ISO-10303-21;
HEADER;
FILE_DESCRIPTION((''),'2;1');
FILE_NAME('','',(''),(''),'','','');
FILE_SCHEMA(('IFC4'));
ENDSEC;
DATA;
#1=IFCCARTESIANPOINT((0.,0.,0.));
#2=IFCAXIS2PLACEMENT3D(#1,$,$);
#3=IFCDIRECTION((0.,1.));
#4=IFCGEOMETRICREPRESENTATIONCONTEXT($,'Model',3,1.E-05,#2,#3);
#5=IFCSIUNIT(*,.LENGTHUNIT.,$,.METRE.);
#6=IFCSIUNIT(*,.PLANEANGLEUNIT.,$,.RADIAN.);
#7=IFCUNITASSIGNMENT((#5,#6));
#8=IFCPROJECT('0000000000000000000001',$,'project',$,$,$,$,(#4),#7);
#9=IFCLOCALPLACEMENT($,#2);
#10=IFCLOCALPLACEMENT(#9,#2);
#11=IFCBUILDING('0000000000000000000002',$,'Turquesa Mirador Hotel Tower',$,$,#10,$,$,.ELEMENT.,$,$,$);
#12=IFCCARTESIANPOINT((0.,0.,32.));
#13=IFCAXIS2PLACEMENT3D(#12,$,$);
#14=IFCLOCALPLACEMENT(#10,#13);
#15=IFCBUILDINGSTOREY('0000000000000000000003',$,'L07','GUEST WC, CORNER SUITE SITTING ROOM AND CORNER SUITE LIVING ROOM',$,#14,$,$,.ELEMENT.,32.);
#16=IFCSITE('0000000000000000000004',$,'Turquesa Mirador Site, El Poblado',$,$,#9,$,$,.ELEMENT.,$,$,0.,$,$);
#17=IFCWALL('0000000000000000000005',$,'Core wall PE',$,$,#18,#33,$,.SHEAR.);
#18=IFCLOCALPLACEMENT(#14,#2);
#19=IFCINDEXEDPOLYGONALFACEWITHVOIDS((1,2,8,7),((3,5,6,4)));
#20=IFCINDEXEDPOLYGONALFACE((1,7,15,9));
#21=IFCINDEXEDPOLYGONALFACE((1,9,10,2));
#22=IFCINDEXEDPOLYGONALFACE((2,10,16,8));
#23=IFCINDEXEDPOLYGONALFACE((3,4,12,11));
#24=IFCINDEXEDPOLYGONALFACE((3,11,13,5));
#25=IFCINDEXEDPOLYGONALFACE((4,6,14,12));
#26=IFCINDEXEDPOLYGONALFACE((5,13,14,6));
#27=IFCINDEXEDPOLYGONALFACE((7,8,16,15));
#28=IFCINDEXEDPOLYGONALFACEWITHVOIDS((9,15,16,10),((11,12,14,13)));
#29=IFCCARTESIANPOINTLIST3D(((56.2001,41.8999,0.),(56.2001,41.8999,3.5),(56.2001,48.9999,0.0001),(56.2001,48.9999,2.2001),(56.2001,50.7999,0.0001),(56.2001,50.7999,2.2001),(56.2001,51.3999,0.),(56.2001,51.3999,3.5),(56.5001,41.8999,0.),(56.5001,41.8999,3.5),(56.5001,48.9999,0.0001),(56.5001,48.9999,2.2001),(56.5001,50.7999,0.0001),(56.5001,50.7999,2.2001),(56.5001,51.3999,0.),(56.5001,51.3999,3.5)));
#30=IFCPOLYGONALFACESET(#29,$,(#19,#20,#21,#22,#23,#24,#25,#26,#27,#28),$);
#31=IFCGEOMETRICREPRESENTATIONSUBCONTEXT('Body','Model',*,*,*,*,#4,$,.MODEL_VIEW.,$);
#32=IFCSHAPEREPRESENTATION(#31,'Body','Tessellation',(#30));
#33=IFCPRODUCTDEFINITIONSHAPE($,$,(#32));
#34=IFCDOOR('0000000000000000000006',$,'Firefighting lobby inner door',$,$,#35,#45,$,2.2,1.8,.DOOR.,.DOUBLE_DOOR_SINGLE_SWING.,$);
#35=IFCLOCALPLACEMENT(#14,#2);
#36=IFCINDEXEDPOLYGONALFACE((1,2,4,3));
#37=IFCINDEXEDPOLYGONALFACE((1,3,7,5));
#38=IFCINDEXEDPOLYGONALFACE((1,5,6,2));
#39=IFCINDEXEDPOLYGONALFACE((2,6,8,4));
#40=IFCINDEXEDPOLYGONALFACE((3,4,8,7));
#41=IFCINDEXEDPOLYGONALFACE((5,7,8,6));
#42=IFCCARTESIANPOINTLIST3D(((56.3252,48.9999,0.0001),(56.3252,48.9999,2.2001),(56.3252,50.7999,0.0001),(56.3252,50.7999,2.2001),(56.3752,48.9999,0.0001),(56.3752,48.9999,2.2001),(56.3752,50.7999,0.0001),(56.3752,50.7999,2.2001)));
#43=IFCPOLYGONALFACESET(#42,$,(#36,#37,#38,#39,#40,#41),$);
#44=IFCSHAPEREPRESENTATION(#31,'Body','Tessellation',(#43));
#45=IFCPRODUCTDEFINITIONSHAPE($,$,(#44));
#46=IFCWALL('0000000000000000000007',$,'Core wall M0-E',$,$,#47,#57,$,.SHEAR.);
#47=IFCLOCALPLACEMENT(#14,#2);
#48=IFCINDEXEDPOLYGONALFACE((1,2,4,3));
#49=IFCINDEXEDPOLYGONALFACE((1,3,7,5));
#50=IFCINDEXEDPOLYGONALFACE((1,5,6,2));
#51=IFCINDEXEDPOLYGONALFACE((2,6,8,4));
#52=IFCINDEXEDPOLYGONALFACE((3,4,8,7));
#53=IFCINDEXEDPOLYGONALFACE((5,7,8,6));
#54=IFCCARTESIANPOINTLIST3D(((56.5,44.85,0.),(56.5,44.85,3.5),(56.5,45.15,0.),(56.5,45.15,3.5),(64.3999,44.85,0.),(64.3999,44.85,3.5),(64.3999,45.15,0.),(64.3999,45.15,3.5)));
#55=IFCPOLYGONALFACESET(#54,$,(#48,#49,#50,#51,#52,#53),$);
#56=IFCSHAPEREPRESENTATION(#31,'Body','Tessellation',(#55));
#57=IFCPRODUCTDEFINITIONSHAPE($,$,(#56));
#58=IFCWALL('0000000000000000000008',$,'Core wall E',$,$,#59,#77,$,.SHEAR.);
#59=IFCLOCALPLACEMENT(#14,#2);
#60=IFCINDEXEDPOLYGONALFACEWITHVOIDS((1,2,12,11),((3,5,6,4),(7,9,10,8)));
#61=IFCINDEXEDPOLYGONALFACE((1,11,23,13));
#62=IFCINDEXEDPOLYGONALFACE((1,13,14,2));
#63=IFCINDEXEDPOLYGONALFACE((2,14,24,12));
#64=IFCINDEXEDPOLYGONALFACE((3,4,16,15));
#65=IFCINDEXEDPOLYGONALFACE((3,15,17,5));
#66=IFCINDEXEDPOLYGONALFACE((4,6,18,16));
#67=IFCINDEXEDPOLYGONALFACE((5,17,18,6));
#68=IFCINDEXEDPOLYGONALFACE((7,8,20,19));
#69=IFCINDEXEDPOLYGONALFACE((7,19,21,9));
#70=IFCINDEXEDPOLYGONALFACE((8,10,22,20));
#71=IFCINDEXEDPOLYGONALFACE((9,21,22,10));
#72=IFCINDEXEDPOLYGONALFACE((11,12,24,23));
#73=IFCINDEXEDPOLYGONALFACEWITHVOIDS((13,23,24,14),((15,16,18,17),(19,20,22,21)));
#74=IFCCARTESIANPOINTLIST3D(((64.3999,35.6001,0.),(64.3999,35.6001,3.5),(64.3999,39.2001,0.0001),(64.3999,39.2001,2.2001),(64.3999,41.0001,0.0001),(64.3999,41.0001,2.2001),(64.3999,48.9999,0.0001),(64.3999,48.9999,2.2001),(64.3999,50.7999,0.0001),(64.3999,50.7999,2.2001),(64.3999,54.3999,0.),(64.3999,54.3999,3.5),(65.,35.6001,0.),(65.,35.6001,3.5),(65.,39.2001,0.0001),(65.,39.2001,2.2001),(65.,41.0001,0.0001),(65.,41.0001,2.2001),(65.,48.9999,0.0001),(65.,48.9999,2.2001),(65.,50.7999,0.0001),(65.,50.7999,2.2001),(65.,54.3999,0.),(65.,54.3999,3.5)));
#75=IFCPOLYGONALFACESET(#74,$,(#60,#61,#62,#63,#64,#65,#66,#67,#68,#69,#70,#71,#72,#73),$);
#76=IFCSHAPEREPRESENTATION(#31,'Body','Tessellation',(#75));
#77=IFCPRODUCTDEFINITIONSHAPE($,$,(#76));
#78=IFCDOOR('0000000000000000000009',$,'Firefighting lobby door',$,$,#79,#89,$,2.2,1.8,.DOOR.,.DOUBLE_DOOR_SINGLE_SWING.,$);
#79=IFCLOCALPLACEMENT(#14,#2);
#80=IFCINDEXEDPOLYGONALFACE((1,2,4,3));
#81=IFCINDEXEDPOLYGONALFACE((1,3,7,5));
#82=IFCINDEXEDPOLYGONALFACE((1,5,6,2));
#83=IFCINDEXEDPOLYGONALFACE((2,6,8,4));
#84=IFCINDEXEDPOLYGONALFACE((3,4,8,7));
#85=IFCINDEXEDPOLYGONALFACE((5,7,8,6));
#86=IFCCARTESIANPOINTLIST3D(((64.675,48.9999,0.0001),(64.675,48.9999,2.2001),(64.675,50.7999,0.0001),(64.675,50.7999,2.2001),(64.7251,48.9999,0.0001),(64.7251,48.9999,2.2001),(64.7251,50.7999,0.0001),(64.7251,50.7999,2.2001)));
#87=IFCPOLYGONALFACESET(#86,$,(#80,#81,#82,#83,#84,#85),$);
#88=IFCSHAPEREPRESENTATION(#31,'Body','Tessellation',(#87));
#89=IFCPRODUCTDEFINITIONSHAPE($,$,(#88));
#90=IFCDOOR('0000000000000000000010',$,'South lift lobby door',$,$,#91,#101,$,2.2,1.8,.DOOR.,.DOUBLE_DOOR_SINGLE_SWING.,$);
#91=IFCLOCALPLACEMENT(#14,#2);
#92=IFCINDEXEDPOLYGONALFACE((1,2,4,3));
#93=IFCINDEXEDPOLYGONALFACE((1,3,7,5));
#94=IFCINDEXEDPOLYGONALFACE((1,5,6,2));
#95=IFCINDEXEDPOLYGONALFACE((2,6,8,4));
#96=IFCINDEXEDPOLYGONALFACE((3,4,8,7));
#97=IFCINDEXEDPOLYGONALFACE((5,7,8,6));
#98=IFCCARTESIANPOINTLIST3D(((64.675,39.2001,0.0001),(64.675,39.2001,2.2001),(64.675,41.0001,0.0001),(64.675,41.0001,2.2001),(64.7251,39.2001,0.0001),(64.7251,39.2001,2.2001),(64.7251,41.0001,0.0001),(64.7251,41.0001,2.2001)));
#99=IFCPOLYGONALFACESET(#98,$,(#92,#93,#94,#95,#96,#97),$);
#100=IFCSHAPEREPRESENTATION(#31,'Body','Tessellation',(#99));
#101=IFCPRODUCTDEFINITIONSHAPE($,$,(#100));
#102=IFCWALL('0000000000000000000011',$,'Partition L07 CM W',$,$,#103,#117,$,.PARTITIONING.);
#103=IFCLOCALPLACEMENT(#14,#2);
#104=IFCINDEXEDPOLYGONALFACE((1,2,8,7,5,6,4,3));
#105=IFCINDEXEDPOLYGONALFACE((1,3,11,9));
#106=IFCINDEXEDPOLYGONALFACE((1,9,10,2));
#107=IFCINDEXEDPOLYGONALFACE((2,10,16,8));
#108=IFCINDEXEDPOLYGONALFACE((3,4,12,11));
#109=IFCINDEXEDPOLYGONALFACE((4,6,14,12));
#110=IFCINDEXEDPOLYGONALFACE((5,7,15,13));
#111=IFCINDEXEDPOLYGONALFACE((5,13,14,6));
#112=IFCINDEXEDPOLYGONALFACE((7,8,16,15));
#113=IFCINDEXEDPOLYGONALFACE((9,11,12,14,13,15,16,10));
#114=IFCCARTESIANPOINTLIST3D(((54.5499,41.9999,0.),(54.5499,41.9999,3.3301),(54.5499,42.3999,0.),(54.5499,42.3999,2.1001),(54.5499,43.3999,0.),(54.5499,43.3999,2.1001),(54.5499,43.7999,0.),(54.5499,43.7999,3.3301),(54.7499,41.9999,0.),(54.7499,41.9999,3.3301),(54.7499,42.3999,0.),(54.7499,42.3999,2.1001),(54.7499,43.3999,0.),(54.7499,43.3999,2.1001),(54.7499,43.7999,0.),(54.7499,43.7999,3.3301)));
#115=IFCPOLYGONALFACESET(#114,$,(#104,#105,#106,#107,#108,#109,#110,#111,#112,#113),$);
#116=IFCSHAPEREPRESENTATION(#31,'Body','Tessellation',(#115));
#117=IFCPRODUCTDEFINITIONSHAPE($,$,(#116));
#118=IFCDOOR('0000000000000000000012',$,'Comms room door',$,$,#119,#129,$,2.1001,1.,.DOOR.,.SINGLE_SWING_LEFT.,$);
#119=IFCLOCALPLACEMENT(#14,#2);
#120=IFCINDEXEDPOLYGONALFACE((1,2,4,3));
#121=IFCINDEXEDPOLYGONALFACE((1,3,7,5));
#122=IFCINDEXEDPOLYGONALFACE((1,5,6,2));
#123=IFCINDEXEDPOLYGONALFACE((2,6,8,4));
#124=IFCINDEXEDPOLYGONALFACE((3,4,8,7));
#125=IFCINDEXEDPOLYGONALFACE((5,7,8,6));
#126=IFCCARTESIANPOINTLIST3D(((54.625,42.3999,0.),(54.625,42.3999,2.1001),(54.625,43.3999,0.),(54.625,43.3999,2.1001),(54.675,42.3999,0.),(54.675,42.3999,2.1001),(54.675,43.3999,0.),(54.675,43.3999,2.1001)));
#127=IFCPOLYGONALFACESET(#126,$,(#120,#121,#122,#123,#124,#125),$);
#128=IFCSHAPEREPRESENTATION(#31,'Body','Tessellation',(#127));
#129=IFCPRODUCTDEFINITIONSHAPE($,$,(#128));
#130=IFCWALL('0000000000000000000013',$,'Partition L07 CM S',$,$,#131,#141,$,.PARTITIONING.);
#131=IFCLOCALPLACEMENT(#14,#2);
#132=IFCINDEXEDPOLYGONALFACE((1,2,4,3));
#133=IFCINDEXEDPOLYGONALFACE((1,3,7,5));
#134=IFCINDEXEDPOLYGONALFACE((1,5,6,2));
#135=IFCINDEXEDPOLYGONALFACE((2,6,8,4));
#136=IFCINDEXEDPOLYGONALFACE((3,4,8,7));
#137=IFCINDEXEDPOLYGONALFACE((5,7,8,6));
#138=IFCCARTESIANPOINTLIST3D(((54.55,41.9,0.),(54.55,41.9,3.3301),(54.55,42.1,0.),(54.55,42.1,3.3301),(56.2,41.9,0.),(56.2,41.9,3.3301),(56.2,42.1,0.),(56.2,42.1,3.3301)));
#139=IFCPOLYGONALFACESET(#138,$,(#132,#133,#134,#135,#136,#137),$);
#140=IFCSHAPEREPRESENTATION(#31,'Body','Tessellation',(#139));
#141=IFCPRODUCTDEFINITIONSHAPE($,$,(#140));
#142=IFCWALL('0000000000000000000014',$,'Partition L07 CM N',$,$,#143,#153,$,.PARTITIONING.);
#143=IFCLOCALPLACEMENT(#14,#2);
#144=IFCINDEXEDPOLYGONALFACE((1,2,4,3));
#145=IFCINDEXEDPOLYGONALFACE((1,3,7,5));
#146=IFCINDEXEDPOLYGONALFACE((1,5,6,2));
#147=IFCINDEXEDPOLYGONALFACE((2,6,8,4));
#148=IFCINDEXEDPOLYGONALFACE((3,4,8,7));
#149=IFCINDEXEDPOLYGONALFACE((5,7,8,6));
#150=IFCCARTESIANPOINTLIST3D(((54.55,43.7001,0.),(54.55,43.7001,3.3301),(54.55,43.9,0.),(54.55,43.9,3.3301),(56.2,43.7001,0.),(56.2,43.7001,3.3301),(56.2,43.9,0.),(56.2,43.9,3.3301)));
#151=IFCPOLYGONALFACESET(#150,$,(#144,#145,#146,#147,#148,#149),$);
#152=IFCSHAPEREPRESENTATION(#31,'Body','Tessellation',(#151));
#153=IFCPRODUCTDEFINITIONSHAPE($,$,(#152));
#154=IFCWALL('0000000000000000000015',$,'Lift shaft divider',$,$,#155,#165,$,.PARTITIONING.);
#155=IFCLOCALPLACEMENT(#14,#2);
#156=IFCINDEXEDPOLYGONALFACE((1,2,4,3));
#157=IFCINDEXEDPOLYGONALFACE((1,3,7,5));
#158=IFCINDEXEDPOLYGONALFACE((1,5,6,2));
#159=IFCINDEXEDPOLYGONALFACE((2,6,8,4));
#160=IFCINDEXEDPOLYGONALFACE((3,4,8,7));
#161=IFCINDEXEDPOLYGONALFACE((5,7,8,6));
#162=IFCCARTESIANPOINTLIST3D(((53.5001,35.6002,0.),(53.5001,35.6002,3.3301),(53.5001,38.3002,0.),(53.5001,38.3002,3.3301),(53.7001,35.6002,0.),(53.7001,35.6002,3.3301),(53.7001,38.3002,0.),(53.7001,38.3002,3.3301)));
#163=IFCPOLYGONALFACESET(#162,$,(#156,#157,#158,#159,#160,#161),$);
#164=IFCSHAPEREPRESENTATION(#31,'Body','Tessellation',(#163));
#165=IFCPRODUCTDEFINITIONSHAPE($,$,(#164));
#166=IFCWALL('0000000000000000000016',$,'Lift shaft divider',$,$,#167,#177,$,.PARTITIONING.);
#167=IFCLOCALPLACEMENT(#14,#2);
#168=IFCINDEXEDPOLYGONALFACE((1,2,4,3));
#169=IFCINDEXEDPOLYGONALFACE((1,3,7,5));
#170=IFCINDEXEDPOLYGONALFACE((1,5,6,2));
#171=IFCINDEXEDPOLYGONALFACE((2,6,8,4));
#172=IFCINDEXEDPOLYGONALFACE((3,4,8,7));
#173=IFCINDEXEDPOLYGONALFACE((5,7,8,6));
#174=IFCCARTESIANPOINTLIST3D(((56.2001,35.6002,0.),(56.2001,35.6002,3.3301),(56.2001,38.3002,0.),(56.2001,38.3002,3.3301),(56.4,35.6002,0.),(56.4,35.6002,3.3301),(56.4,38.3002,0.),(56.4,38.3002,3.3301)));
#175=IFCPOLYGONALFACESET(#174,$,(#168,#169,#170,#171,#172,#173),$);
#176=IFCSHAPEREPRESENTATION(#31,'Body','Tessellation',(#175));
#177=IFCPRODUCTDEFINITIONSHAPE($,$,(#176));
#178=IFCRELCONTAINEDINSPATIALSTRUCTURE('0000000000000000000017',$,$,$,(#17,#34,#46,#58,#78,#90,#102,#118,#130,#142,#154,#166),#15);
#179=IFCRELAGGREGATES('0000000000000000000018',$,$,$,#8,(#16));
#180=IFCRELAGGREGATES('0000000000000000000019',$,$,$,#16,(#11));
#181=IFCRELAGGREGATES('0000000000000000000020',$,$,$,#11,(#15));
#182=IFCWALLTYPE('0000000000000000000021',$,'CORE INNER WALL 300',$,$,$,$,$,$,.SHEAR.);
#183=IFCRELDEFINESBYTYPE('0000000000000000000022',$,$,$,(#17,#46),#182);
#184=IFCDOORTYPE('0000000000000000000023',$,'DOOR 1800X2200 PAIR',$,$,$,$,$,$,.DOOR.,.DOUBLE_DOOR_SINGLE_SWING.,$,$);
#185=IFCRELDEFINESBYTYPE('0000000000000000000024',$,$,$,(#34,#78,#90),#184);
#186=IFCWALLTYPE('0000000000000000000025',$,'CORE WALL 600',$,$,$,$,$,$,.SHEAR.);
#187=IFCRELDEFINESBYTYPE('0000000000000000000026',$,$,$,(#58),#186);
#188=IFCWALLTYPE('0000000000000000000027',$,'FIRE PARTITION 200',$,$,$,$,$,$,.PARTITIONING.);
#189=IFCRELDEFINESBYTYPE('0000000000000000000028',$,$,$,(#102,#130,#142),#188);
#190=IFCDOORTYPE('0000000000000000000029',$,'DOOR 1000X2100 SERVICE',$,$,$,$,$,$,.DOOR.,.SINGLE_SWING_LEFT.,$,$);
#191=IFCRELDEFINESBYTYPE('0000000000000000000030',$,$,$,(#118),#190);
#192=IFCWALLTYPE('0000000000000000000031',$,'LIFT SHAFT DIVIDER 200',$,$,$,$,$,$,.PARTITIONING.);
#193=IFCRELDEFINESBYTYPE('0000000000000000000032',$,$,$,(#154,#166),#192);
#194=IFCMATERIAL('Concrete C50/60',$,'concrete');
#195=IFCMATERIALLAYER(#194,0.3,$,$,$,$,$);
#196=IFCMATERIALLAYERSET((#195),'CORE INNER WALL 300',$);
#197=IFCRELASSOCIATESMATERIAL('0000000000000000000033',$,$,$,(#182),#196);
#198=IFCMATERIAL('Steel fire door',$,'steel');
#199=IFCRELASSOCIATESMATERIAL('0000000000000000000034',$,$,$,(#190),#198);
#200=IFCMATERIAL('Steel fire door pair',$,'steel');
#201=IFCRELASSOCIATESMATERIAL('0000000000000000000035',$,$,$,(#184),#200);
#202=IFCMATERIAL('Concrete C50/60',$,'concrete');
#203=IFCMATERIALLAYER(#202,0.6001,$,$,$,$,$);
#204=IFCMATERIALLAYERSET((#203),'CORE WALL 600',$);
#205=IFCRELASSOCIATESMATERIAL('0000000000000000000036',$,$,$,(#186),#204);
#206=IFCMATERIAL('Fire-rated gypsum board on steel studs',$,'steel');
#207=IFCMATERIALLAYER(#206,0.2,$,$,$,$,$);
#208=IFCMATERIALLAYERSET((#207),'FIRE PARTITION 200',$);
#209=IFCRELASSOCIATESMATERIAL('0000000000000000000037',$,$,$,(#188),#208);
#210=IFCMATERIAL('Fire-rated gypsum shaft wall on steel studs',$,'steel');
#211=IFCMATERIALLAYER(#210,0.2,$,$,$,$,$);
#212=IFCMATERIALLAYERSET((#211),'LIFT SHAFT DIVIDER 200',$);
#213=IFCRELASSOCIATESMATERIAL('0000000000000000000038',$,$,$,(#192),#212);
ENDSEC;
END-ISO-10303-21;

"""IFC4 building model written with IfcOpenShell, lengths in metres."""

from ifc_helpers import new_model, si_unit, direction, frame, frame_2d, origin, place, context, subcontext, project, spatial, rectangle, extrude, material, layer, layer_set, type_object, element, fill, save


model = new_model("IFC4")

# Units and contexts
model_context = context("Model", 3, precision=1e-05, world=origin(), true_north=direction((0.0, 1.0)))
body_context = subcontext(model_context, "Body", "Model", "MODEL_VIEW")
ifc_project = project(units=[si_unit("LENGTHUNIT", "METRE"), si_unit("PLANEANGLEUNIT", "RADIAN")], contexts=[model_context])

# Site, building, storey
site_placement = place(None, origin())
site = spatial("IfcSite", under=ifc_project, at=site_placement, Name="Turquesa Mirador Site, El Poblado", CompositionType="ELEMENT", RefElevation=0.0)
building_placement = place(site_placement, origin())
building = spatial("IfcBuilding", under=site, at=building_placement, Name="Turquesa Mirador Hotel Tower", CompositionType="ELEMENT")
storey_placement = place(building_placement, frame((0.0, 0.0, 32.0)))
storey = spatial("IfcBuildingStorey", under=building, at=storey_placement, Name="L07", Description="GUEST WC, CORNER SUITE SITTING ROOM AND CORNER SUITE LIVING ROOM", CompositionType="ELEMENT", Elevation=32.0)

# Wall, opening, door
ifc_material_1 = material(Name="Concrete C50/60", Category="concrete")
ifc_layer_1 = layer(ifc_material_1, 0.3)
ifc_layer_set_1 = layer_set([ifc_layer_1], Name="CORE INNER WALL 300")
wall_type_1 = type_object("IfcWallType", Name="CORE INNER WALL 300", PredefinedType="SHEAR", material=ifc_layer_set_1)
ifc_material_2 = material(Name="Steel fire door", Category="steel")
door_type_1 = type_object("IfcDoorType", Name="DOOR 1000X2100 SERVICE", OperationType="SINGLE_SWING_LEFT", PredefinedType="DOOR", material=ifc_material_2)
wall_1_placement = place(storey_placement, frame((56.3501, 41.8999, 0.0), z_axis=(0.0, 0.0, 1.0), x_axis=(0.0, 1.0, 0.0)))
wall_1 = element("IfcWall", 1, at=wall_1_placement, inside=storey, type_object=wall_type_1, Name="Core wall PE", PredefinedType="SHEAR", context=body_context, shape_type="SweptSolid", body=[
    extrude(rectangle(XDim=9.5, YDim=0.3, at=frame_2d((4.75, 0.0))), origin(), (0.0, 0.0, 1.0), 3.5),
])
opening_1_placement = place(wall_1_placement, frame((7.1001, 0.0, 0.0)))
opening_1 = element("IfcOpeningElement", 2, at=opening_1_placement, cuts=wall_1, PredefinedType="OPENING", context=body_context, shape_type="SweptSolid", body=[
    extrude(rectangle(XDim=1.8, YDim=2.2, at=frame_2d((0.8999, 1.1001))), frame((0.0, 0.1599, 0.0), z_axis=(0.0, -1.0, 0.0), x_axis=(1.0, 0.0, 0.0)), (0.0, 0.0, 1.0), 0.3201),
])
ifc_material_3 = material(Name="Steel fire door pair", Category="steel")
door_type_2 = type_object("IfcDoorType", Name="DOOR 1800X2200 PAIR", OperationType="DOUBLE_DOOR_SINGLE_SWING", PredefinedType="DOOR", material=ifc_material_3)
door_1_placement = place(opening_1_placement, origin())
door_1 = element("IfcDoor", 3, at=door_1_placement, inside=storey, type_object=door_type_2, Name="Firefighting lobby inner door", OperationType="DOUBLE_DOOR_SINGLE_SWING", OverallHeight=2.2, OverallWidth=1.8, PredefinedType="DOOR", context=body_context, shape_type="SweptSolid", body=[
    extrude(rectangle(XDim=1.8, YDim=2.2, at=frame_2d((0.8999, 1.1001))), frame((0.0, 0.0249, 0.0), z_axis=(0.0, -1.0, 0.0), x_axis=(1.0, 0.0, 0.0)), (0.0, 0.0, 1.0), 0.05),
])
fill(opening_1, door_1)

# Wall
wall_2_placement = place(storey_placement, frame((56.5, 45.0, 0.0), z_axis=(0.0, 0.0, 1.0), x_axis=(1.0, 0.0, 0.0)))
element("IfcWall", 4, at=wall_2_placement, inside=storey, type_object=wall_type_1, Name="Core wall M0-E", PredefinedType="SHEAR", context=body_context, shape_type="SweptSolid", body=[
    extrude(rectangle(XDim=7.8999, YDim=0.3, at=frame_2d((3.95, 0.0))), origin(), (0.0, 0.0, 1.0), 3.5),
])

# Wall, openings, doors
ifc_material_4 = material(Name="Concrete C50/60", Category="concrete")
ifc_layer_2 = layer(ifc_material_4, 0.6001)
ifc_layer_set_2 = layer_set([ifc_layer_2], Name="CORE WALL 600")
wall_type_2 = type_object("IfcWallType", Name="CORE WALL 600", PredefinedType="SHEAR", material=ifc_layer_set_2)
wall_3_placement = place(storey_placement, frame((64.7, 35.6001, 0.0), z_axis=(0.0, 0.0, 1.0), x_axis=(0.0, 1.0, 0.0)))
wall_3 = element("IfcWall", 5, at=wall_3_placement, inside=storey, type_object=wall_type_2, Name="Core wall E", PredefinedType="SHEAR", context=body_context, shape_type="SweptSolid", body=[
    extrude(rectangle(XDim=18.7998, YDim=0.6001, at=frame_2d((9.3999, 0.0))), origin(), (0.0, 0.0, 1.0), 3.5),
])
opening_2_placement = place(wall_3_placement, frame((13.3999, 0.0, 0.0)))
opening_2 = element("IfcOpeningElement", 6, at=opening_2_placement, cuts=wall_3, PredefinedType="OPENING", context=body_context, shape_type="SweptSolid", body=[
    extrude(rectangle(XDim=1.8, YDim=2.2, at=frame_2d((0.8999, 1.1001))), frame((0.0, 0.3101, 0.0), z_axis=(0.0, -1.0, 0.0), x_axis=(1.0, 0.0, 0.0)), (0.0, 0.0, 1.0), 0.6201),
])
opening_3_placement = place(wall_3_placement, frame((3.6001, 0.0, 0.0)))
opening_3 = element("IfcOpeningElement", 7, at=opening_3_placement, cuts=wall_3, PredefinedType="OPENING", context=body_context, shape_type="SweptSolid", body=[
    extrude(rectangle(XDim=1.8, YDim=2.2, at=frame_2d((0.8999, 1.1001))), frame((0.0, 0.3101, 0.0), z_axis=(0.0, -1.0, 0.0), x_axis=(1.0, 0.0, 0.0)), (0.0, 0.0, 1.0), 0.6201),
])
door_2_placement = place(opening_2_placement, origin())
door_2 = element("IfcDoor", 8, at=door_2_placement, inside=storey, type_object=door_type_2, Name="Firefighting lobby door", OperationType="DOUBLE_DOOR_SINGLE_SWING", OverallHeight=2.2, OverallWidth=1.8, PredefinedType="DOOR", context=body_context, shape_type="SweptSolid", body=[
    extrude(rectangle(XDim=1.8, YDim=2.2, at=frame_2d((0.8999, 1.1001))), frame((0.0, 0.0249, 0.0), z_axis=(0.0, -1.0, 0.0), x_axis=(1.0, 0.0, 0.0)), (0.0, 0.0, 1.0), 0.05),
])
fill(opening_2, door_2)
door_3_placement = place(opening_3_placement, origin())
door_3 = element("IfcDoor", 9, at=door_3_placement, inside=storey, type_object=door_type_2, Name="South lift lobby door", OperationType="DOUBLE_DOOR_SINGLE_SWING", OverallHeight=2.2, OverallWidth=1.8, PredefinedType="DOOR", context=body_context, shape_type="SweptSolid", body=[
    extrude(rectangle(XDim=1.8, YDim=2.2, at=frame_2d((0.8999, 1.1001))), frame((0.0, 0.0249, 0.0), z_axis=(0.0, -1.0, 0.0), x_axis=(1.0, 0.0, 0.0)), (0.0, 0.0, 1.0), 0.05),
])
fill(opening_3, door_3)

# Wall, opening, door
ifc_material_5 = material(Name="Fire-rated gypsum board on steel studs", Category="steel")
ifc_layer_3 = layer(ifc_material_5, 0.2)
ifc_layer_set_3 = layer_set([ifc_layer_3], Name="FIRE PARTITION 200")
wall_type_3 = type_object("IfcWallType", Name="FIRE PARTITION 200", PredefinedType="PARTITIONING", material=ifc_layer_set_3)
wall_4_placement = place(storey_placement, frame((54.6499, 42.0, 0.0), z_axis=(0.0, 0.0, 1.0), x_axis=(0.0, 1.0, 0.0)))
wall_4 = element("IfcWall", 10, at=wall_4_placement, inside=storey, type_object=wall_type_3, Name="Partition L07 CM W", PredefinedType="PARTITIONING", context=body_context, shape_type="SweptSolid", body=[
    extrude(rectangle(XDim=1.8, YDim=0.2, at=frame_2d((0.8999, 0.0))), origin(), (0.0, 0.0, 1.0), 3.3301),
])
opening_4_placement = place(wall_4_placement, frame((0.3999, 0.0, 0.0)))
opening_4 = element("IfcOpeningElement", 11, at=opening_4_placement, cuts=wall_4, PredefinedType="OPENING", context=body_context, shape_type="SweptSolid", body=[
    extrude(rectangle(XDim=1.0, YDim=2.1001, at=frame_2d((0.5, 1.05))), frame((0.0, 0.1099, 0.0), z_axis=(0.0, -1.0, 0.0), x_axis=(1.0, 0.0, 0.0)), (0.0, 0.0, 1.0), 0.22),
])
door_4_placement = place(opening_4_placement, origin())
door_4 = element("IfcDoor", 12, at=door_4_placement, inside=storey, type_object=door_type_1, Name="Comms room door", OperationType="SINGLE_SWING_LEFT", OverallHeight=2.1001, OverallWidth=1.0, PredefinedType="DOOR", context=body_context, shape_type="SweptSolid", body=[
    extrude(rectangle(XDim=1.0, YDim=2.1001, at=frame_2d((0.5, 1.05))), frame((0.0, 0.0249, 0.0), z_axis=(0.0, -1.0, 0.0), x_axis=(1.0, 0.0, 0.0)), (0.0, 0.0, 1.0), 0.05),
])
fill(opening_4, door_4)

# Walls
for number, where, z_axis, x_axis, name in (
    (13, (54.55, 42.0, 0.0), (0.0, 0.0, 1.0), (1.0, 0.0, 0.0), "Partition L07 CM S"),
    (14, (54.55, 43.8, 0.0), (0.0, 0.0, 1.0), (1.0, 0.0, 0.0), "Partition L07 CM N"),
):
    element("IfcWall", number, at=place(storey_placement, frame(where, z_axis=z_axis, x_axis=x_axis)), inside=storey, type_object=wall_type_3, Name=name, PredefinedType="PARTITIONING", context=body_context, shape_type="SweptSolid", body=[
        extrude(rectangle(XDim=1.6499, YDim=0.2, at=frame_2d((0.825, 0.0))), origin(), (0.0, 0.0, 1.0), 3.3301),
    ])
ifc_material_6 = material(Name="Fire-rated gypsum shaft wall on steel studs", Category="steel")
ifc_layer_4 = layer(ifc_material_6, 0.2)
ifc_layer_set_4 = layer_set([ifc_layer_4], Name="LIFT SHAFT DIVIDER 200")
wall_type_4 = type_object("IfcWallType", Name="LIFT SHAFT DIVIDER 200", PredefinedType="PARTITIONING", material=ifc_layer_set_4)
for number, where, z_axis, x_axis, name in (
    (15, (53.6001, 35.6001, 0.0), (0.0, 0.0, 1.0), (0.0, 1.0, 0.0), "Lift shaft divider"),
    (16, (56.3, 35.6001, 0.0), (0.0, 0.0, 1.0), (0.0, 1.0, 0.0), "Lift shaft divider"),
):
    element("IfcWall", number, at=place(storey_placement, frame(where, z_axis=z_axis, x_axis=x_axis)), inside=storey, type_object=wall_type_4, Name=name, PredefinedType="PARTITIONING", context=body_context, shape_type="SweptSolid", body=[
        extrude(rectangle(XDim=2.7, YDim=0.2, at=frame_2d((1.3501, 0.0))), origin(), (0.0, 0.0, 1.0), 3.3301),
    ])

save(model, "model.ifc")
